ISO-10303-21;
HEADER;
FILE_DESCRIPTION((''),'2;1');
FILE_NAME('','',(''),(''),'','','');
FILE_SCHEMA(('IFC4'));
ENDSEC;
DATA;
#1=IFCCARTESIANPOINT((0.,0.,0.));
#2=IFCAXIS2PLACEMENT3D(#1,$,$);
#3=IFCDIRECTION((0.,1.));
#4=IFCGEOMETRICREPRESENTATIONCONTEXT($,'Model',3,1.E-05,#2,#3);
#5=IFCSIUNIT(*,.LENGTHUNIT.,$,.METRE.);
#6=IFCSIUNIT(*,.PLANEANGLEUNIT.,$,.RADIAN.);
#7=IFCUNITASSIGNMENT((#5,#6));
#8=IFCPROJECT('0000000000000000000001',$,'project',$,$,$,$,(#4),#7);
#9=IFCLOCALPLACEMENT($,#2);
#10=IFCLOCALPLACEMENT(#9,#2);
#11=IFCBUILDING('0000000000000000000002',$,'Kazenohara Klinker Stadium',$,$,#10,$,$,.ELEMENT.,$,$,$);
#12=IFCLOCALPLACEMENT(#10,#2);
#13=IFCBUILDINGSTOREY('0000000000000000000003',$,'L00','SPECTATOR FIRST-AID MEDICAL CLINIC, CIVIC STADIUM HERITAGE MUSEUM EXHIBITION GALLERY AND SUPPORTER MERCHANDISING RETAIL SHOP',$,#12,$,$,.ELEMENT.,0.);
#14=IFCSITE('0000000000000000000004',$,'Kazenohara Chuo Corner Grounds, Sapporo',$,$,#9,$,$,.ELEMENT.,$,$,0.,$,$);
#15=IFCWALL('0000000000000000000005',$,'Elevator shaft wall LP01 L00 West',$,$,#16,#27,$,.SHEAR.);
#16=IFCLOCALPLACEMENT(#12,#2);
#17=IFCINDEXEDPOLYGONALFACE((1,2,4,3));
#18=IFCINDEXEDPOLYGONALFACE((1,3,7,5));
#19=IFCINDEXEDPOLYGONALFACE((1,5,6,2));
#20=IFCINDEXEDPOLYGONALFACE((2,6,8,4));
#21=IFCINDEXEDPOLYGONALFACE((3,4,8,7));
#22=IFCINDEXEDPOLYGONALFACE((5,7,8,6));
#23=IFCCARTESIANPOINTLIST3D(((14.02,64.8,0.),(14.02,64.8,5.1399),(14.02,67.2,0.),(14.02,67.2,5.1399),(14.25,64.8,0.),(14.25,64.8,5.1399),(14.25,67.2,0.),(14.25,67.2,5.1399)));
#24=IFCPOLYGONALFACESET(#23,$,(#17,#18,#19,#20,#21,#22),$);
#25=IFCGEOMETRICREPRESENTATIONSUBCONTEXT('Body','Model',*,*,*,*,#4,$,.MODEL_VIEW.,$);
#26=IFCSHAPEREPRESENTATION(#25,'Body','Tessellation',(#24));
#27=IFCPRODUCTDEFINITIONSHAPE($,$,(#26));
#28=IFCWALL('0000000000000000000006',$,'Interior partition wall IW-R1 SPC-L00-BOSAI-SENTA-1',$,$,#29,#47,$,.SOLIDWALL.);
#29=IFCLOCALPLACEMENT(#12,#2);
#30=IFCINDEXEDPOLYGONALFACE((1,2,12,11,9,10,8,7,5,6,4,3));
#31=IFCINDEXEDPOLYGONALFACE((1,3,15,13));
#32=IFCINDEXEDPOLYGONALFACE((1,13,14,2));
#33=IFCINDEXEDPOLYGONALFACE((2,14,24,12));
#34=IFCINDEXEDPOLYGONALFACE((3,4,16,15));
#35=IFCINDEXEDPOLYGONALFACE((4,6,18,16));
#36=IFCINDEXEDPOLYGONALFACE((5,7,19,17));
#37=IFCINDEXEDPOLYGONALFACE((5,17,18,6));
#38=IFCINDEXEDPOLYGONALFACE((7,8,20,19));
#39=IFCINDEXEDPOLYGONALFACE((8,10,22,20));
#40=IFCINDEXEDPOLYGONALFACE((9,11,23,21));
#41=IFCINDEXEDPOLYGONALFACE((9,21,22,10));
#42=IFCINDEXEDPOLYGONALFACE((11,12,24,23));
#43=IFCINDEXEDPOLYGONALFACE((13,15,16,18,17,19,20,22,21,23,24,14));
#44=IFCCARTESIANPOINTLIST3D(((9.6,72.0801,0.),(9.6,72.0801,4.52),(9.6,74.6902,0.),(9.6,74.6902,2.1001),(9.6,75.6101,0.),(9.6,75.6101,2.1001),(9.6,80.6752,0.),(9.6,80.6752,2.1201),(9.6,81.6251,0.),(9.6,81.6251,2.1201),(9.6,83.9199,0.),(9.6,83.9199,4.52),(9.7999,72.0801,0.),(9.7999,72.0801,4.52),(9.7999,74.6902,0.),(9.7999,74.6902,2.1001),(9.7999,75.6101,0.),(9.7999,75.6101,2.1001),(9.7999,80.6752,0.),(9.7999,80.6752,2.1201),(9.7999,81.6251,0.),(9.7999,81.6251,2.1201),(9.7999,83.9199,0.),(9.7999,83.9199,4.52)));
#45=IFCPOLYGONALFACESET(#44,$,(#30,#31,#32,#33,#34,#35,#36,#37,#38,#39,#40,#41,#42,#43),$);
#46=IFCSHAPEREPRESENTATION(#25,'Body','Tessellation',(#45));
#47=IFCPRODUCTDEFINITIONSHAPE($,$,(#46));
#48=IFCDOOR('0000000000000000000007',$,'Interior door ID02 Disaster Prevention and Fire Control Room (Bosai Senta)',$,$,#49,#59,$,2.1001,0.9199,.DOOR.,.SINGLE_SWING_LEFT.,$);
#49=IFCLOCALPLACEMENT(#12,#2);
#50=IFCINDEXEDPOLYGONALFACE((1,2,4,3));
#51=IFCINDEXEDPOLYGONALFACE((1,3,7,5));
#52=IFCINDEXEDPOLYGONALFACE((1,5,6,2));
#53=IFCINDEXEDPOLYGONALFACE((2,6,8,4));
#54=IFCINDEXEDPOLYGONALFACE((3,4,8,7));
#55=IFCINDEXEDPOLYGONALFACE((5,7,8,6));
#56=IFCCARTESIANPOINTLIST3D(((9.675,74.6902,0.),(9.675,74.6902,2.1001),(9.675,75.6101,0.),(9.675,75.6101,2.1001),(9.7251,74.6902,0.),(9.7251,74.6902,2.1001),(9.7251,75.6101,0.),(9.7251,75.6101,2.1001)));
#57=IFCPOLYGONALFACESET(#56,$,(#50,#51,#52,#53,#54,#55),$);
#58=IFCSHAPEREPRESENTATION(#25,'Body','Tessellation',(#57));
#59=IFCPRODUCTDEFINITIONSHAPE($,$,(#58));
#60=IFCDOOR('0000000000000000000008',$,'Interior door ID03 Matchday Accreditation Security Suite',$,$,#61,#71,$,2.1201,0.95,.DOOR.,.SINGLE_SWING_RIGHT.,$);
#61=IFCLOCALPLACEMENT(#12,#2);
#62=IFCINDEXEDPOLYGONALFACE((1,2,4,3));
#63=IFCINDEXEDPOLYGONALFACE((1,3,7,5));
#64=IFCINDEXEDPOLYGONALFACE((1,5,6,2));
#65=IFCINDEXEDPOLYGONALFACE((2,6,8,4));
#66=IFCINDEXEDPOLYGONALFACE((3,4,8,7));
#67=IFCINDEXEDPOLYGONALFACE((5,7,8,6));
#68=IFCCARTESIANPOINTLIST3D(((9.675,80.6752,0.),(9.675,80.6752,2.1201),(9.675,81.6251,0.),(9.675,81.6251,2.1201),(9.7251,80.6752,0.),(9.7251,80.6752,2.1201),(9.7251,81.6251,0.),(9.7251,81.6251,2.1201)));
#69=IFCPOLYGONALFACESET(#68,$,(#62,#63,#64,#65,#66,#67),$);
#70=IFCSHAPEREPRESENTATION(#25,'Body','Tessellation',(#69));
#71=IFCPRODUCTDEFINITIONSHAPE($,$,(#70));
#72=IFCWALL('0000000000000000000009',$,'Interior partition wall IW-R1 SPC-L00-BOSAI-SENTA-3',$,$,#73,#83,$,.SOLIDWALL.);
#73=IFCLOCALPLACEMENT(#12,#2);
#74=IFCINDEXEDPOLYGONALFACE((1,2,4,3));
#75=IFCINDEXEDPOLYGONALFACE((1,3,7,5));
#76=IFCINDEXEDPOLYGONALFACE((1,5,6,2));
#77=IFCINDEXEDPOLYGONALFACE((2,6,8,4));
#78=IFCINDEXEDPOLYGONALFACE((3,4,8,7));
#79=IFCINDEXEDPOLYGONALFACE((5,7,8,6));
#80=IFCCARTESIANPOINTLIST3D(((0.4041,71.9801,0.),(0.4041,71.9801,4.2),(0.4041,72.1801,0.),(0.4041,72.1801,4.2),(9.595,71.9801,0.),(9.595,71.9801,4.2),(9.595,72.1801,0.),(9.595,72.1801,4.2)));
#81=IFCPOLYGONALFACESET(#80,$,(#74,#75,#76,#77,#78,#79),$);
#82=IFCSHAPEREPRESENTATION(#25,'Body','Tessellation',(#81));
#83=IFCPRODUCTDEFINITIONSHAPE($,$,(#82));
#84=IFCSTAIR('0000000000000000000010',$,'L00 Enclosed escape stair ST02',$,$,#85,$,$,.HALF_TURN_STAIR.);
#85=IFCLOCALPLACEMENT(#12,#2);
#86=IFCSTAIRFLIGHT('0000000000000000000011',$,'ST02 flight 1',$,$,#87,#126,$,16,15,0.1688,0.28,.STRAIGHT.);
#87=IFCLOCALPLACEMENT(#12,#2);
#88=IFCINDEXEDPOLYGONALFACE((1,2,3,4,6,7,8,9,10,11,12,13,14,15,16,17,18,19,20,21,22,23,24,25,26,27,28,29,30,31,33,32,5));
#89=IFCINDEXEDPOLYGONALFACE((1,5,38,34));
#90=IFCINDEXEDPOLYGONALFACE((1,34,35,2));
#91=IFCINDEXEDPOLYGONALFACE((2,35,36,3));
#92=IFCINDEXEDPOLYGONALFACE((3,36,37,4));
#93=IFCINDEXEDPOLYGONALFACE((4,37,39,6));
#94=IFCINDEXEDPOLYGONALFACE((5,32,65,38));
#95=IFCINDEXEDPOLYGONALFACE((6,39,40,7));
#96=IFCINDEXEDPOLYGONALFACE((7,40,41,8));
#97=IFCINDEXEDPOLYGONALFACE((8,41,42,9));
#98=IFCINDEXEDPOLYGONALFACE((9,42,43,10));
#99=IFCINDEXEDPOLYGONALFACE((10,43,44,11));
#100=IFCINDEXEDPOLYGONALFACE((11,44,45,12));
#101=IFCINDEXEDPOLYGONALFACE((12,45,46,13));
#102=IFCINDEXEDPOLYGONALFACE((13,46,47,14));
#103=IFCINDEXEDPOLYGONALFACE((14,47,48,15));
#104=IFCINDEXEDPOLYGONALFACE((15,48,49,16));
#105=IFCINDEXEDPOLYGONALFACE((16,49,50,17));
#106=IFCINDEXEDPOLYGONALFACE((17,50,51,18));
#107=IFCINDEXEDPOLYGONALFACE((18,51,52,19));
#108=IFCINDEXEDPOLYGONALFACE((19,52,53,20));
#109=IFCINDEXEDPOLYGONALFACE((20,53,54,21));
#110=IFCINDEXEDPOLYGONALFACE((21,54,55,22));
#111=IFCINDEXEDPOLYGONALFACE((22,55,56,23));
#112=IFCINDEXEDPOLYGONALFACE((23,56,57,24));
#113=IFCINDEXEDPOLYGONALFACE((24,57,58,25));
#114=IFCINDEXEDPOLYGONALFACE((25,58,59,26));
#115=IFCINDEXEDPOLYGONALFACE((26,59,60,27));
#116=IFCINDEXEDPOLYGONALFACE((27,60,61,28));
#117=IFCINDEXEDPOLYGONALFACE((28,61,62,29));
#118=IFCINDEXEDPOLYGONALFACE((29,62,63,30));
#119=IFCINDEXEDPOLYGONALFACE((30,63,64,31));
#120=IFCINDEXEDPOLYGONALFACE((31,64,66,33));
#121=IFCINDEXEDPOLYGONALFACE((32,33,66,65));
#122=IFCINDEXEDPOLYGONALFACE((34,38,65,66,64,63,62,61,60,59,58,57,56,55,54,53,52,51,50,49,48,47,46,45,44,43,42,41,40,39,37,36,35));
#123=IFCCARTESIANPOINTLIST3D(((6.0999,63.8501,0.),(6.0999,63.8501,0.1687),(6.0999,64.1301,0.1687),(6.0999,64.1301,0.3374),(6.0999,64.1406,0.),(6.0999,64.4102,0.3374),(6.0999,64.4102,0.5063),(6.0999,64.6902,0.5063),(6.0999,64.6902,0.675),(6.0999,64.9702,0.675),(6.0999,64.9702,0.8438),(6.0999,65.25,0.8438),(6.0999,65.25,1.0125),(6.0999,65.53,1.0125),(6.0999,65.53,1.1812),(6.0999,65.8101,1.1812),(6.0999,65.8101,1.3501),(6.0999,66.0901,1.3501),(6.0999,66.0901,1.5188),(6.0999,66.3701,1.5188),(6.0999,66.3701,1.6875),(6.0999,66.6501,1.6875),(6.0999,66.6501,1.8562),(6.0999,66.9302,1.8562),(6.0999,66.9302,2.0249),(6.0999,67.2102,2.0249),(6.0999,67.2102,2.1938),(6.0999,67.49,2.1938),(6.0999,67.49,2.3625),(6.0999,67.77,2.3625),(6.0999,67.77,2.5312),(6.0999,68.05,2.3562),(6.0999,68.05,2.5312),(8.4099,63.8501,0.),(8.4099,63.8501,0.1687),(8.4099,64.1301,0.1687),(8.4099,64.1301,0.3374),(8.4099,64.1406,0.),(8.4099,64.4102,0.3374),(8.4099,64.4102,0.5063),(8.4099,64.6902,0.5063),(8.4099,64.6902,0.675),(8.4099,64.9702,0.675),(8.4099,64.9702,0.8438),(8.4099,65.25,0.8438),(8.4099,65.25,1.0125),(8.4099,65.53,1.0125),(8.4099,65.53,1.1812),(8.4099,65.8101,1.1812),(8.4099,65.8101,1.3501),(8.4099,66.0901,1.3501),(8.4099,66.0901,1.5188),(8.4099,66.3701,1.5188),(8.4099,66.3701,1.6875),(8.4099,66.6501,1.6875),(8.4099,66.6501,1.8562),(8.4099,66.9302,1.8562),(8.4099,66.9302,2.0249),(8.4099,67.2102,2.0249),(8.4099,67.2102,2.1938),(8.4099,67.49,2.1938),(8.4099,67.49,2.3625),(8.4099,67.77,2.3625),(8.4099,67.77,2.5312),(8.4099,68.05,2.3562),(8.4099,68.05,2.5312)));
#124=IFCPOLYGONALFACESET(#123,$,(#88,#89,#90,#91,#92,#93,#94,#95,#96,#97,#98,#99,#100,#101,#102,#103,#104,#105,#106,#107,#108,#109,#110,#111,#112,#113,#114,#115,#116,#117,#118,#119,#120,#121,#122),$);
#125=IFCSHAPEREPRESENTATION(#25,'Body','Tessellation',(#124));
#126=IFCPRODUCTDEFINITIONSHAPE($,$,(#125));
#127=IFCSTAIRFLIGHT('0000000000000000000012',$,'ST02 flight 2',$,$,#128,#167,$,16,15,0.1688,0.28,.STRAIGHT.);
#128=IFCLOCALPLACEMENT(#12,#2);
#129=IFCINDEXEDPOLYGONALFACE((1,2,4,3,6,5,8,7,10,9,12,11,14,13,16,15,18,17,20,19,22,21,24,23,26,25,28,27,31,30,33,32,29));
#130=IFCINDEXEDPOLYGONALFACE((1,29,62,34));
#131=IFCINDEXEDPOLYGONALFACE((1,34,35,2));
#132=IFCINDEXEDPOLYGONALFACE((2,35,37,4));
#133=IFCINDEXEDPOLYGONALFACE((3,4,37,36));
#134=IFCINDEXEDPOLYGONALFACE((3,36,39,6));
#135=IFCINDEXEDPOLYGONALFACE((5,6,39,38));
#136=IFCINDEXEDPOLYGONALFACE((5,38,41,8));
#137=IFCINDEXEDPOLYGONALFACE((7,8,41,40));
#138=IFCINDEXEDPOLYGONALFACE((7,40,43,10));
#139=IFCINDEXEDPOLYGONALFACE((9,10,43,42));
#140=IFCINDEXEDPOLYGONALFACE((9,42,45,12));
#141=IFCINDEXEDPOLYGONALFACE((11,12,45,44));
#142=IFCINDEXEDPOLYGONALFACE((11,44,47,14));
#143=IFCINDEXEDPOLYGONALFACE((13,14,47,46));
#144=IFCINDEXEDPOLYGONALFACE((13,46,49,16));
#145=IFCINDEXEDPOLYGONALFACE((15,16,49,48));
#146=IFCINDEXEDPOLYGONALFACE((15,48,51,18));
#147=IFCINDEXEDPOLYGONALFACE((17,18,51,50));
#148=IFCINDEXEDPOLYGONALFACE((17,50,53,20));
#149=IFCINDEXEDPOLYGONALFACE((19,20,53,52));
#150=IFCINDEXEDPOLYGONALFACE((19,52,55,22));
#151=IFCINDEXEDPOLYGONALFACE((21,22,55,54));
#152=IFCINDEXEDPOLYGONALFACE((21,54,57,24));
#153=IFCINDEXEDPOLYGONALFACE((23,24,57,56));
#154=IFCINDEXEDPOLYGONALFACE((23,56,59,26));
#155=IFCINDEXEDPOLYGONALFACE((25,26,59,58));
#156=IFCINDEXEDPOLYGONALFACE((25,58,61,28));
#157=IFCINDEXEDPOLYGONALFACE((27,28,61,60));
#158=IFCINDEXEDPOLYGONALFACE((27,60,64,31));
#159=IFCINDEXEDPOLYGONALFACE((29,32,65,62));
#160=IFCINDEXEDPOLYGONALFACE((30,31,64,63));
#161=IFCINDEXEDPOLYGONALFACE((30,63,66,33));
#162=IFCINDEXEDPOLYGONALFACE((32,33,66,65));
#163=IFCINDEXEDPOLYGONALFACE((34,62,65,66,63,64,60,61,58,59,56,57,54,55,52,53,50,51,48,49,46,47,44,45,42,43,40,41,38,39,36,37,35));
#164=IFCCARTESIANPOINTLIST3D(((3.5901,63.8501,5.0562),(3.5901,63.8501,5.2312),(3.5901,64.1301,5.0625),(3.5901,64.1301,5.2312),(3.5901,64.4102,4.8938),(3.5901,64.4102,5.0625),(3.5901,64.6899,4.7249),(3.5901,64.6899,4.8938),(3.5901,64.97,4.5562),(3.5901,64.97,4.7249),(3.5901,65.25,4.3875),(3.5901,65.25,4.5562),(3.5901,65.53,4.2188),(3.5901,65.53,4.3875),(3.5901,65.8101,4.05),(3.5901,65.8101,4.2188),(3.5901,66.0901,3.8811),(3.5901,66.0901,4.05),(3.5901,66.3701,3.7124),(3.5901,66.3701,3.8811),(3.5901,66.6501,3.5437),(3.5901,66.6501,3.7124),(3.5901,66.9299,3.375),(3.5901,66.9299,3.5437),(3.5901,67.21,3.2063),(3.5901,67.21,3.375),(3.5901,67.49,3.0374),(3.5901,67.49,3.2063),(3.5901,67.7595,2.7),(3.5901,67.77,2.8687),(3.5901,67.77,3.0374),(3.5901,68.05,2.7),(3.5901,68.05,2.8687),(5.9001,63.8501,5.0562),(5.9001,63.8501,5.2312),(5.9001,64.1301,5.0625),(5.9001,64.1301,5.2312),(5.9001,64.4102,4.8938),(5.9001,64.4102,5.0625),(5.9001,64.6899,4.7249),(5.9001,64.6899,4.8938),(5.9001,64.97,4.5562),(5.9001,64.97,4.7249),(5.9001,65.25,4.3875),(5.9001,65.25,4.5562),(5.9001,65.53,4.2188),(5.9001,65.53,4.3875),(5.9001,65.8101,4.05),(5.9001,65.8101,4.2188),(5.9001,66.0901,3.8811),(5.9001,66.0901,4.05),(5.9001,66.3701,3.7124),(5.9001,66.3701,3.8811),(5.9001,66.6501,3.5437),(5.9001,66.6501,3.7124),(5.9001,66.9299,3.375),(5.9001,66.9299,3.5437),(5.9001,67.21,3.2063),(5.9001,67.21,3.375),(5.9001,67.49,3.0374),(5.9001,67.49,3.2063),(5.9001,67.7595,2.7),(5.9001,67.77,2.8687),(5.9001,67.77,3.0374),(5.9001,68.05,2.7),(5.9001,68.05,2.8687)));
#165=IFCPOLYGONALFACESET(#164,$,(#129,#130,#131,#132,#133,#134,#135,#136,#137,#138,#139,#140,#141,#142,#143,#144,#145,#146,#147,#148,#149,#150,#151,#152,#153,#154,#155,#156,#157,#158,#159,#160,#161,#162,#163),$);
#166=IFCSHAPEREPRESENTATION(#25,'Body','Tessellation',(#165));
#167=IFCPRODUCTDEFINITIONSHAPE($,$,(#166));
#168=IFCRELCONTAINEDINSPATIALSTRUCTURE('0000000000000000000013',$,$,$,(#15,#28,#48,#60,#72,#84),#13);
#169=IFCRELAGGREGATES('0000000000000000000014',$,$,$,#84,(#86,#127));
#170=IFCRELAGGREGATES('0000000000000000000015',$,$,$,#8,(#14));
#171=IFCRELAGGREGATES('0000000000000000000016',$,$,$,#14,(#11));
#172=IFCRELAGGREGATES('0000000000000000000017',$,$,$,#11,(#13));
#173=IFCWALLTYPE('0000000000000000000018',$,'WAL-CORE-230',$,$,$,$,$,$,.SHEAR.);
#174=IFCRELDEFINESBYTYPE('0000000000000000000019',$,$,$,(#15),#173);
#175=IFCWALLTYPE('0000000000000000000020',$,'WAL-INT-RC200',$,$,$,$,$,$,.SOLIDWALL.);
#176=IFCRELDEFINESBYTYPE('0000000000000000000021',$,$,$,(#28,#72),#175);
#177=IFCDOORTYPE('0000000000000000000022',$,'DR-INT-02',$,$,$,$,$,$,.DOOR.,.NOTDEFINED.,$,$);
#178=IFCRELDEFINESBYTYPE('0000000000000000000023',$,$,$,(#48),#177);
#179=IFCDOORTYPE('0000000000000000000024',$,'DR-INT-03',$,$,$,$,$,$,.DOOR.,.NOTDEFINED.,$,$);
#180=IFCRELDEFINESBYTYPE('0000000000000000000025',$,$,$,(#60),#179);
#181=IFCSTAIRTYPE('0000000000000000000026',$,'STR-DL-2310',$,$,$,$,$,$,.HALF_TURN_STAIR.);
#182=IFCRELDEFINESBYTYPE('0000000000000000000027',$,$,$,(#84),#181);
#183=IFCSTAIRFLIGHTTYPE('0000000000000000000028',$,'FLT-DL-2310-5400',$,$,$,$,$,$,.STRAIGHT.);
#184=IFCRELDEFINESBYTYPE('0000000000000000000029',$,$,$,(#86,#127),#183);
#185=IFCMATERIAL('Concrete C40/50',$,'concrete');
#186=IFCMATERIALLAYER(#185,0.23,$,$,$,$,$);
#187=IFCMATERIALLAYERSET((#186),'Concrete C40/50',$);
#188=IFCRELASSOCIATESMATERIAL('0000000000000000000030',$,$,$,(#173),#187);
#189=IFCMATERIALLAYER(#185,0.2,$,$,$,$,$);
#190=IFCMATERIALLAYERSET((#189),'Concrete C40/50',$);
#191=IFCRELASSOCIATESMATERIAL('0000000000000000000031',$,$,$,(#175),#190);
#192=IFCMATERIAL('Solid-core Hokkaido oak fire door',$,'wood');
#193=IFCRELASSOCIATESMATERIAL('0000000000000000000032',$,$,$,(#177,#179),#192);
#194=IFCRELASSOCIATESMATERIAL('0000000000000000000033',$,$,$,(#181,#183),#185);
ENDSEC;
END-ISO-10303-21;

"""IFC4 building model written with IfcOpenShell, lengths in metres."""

from ifc_helpers import new_model, si_unit, direction, frame, frame_2d, origin, place, context, subcontext, project, spatial, polyline, rectangle, outline, extrude, material, layer, layer_set, type_object, element, fill, aggregate, save


model = new_model("IFC4")

# Units and contexts
model_context = context("Model", 3, precision=1e-05, world=origin(), true_north=direction((0.0, 1.0)))
body_context = subcontext(model_context, "Body", "Model", "MODEL_VIEW")
ifc_project = project(units=[si_unit("LENGTHUNIT", "METRE"), si_unit("PLANEANGLEUNIT", "RADIAN")], contexts=[model_context])

# Site, building, storey
site_placement = place(None, origin())
site = spatial("IfcSite", under=ifc_project, at=site_placement, Name="Kazenohara Chuo Corner Grounds, Sapporo", CompositionType="ELEMENT", RefElevation=0.0)
building_placement = place(site_placement, origin())
building = spatial("IfcBuilding", under=site, at=building_placement, Name="Kazenohara Klinker Stadium", CompositionType="ELEMENT")
storey_placement = place(building_placement, origin())
storey = spatial("IfcBuildingStorey", under=building, at=storey_placement, Name="L00", Description="SPECTATOR FIRST-AID MEDICAL CLINIC, CIVIC STADIUM HERITAGE MUSEUM EXHIBITION GALLERY AND SUPPORTER MERCHANDISING RETAIL SHOP", CompositionType="ELEMENT", Elevation=0.0)

# Shared definitions
ifc_material_1 = material(Name="Concrete C40/50", Category="concrete")

# Shared definitions
ifc_layer_1 = layer(ifc_material_1, 0.23)
ifc_layer_set_1 = layer_set([ifc_layer_1], Name="Concrete C40/50")
wall_type_1 = type_object("IfcWallType", Name="WAL-CORE-230", PredefinedType="SHEAR", material=ifc_layer_set_1)

# Wall
wall_1_placement = place(storey_placement, frame((14.135, 64.8, 0.0), z_axis=(0.0, 0.0, 1.0), x_axis=(0.0, 1.0, 0.0)))
element("IfcWall", 1, at=wall_1_placement, inside=storey, type_object=wall_type_1, Name="Elevator shaft wall LP01 L00 West", PredefinedType="SHEAR", context=body_context, shape_type="SweptSolid", body=[
    extrude(rectangle(XDim=2.3999, YDim=0.23, at=frame_2d((1.2, 0.0))), origin(), (0.0, 0.0, 1.0), 5.1399),
])

# Wall, openings, doors
ifc_layer_2 = layer(ifc_material_1, 0.2)
ifc_layer_set_2 = layer_set([ifc_layer_2], Name="Concrete C40/50")
wall_type_2 = type_object("IfcWallType", Name="WAL-INT-RC200", PredefinedType="SOLIDWALL", material=ifc_layer_set_2)
wall_2_placement = place(storey_placement, frame((9.7, 72.0801, 0.0), z_axis=(0.0, 0.0, 1.0), x_axis=(0.0, 1.0, 0.0)))
wall_2 = element("IfcWall", 2, at=wall_2_placement, inside=storey, type_object=wall_type_2, Name="Interior partition wall IW-R1 SPC-L00-BOSAI-SENTA-1", PredefinedType="SOLIDWALL", context=body_context, shape_type="SweptSolid", body=[
    extrude(rectangle(XDim=11.8398, YDim=0.2, at=frame_2d((5.9199, 0.0))), origin(), (0.0, 0.0, 1.0), 4.52),
])
opening_1_placement = place(wall_2_placement, frame((2.6101, 0.0, 0.0)))
opening_1 = element("IfcOpeningElement", 3, at=opening_1_placement, cuts=wall_2, PredefinedType="OPENING", context=body_context, shape_type="SweptSolid", body=[
    extrude(rectangle(XDim=0.9199, YDim=2.1001, at=frame_2d((0.46, 1.05))), frame((0.0, 0.1099, 0.0), z_axis=(0.0, -1.0, 0.0), x_axis=(1.0, 0.0, 0.0)), (0.0, 0.0, 1.0), 0.22),
])
opening_2_placement = place(wall_2_placement, frame((8.595, 0.0, 0.0)))
opening_2 = element("IfcOpeningElement", 4, at=opening_2_placement, cuts=wall_2, PredefinedType="OPENING", context=body_context, shape_type="SweptSolid", body=[
    extrude(rectangle(XDim=0.95, YDim=2.1201, at=frame_2d((0.4751, 1.0601))), frame((0.0, 0.1099, 0.0), z_axis=(0.0, -1.0, 0.0), x_axis=(1.0, 0.0, 0.0)), (0.0, 0.0, 1.0), 0.22),
])
ifc_material_2 = material(Name="Solid-core Hokkaido oak fire door", Category="wood")
door_type_1 = type_object("IfcDoorType", Name="DR-INT-02", OperationType="NOTDEFINED", PredefinedType="DOOR", material=ifc_material_2)
door_1_placement = place(opening_1_placement, origin())
door_1 = element("IfcDoor", 5, at=door_1_placement, inside=storey, type_object=door_type_1, Name="Interior door ID02 Disaster Prevention and Fire Control Room (Bosai Senta)", OperationType="SINGLE_SWING_LEFT", OverallHeight=2.1001, OverallWidth=0.9199, PredefinedType="DOOR", context=body_context, shape_type="SweptSolid", body=[
    extrude(rectangle(XDim=0.9199, YDim=2.1001, at=frame_2d((0.46, 1.05))), frame((0.0, 0.0249, 0.0), z_axis=(0.0, -1.0, 0.0), x_axis=(1.0, 0.0, 0.0)), (0.0, 0.0, 1.0), 0.05),
])
fill(opening_1, door_1)
door_type_2 = type_object("IfcDoorType", Name="DR-INT-03", OperationType="NOTDEFINED", PredefinedType="DOOR", material=ifc_material_2)
door_2_placement = place(opening_2_placement, origin())
door_2 = element("IfcDoor", 6, at=door_2_placement, inside=storey, type_object=door_type_2, Name="Interior door ID03 Matchday Accreditation Security Suite", OperationType="SINGLE_SWING_RIGHT", OverallHeight=2.1201, OverallWidth=0.95, PredefinedType="DOOR", context=body_context, shape_type="SweptSolid", body=[
    extrude(rectangle(XDim=0.95, YDim=2.1201, at=frame_2d((0.4751, 1.0601))), frame((0.0, 0.0249, 0.0), z_axis=(0.0, -1.0, 0.0), x_axis=(1.0, 0.0, 0.0)), (0.0, 0.0, 1.0), 0.05),
])
fill(opening_2, door_2)

# Wall
wall_3_placement = place(storey_placement, frame((0.4041, 72.0801, 0.0), z_axis=(0.0, 0.0, 1.0), x_axis=(1.0, 0.0, 0.0)))
element("IfcWall", 7, at=wall_3_placement, inside=storey, type_object=wall_type_2, Name="Interior partition wall IW-R1 SPC-L00-BOSAI-SENTA-3", PredefinedType="SOLIDWALL", context=body_context, shape_type="SweptSolid", body=[
    extrude(rectangle(XDim=9.1909, YDim=0.2, at=frame_2d((4.5955, 0.0))), origin(), (0.0, 0.0, 1.0), 4.2),
])

# Stair, stair flights
stair_type = type_object("IfcStairType", Name="STR-DL-2310", PredefinedType="HALF_TURN_STAIR", material=ifc_material_1)
stair_placement = place(storey_placement, origin())
stair = element("IfcStair", 8, at=stair_placement, inside=storey, type_object=stair_type, Name="L00 Enclosed escape stair ST02", PredefinedType="HALF_TURN_STAIR")
stair_flight_type = type_object("IfcStairFlightType", Name="FLT-DL-2310-5400", PredefinedType="STRAIGHT", material=ifc_material_1)
stair_flight_1_placement = place(storey_placement, frame((7.2549, 63.8501, 0.0), z_axis=(0.0, 0.0, 1.0), x_axis=(0.0, 1.0, 0.0)))
stair_flight_1 = element("IfcStairFlight", 9, at=stair_flight_1_placement, type_object=stair_flight_type, Name="ST02 flight 1", NumberOfRisers=16, NumberOfTreads=15, PredefinedType="STRAIGHT", RiserHeight=0.1688, TreadLength=0.28, context=body_context, shape_type="SweptSolid", body=[
    extrude(outline(polyline([(0.0, 0.0), (0.0, 0.1687), (0.28, 0.1687), (0.28, 0.3374), (0.5601, 0.3374), (0.5601, 0.5063), (0.8401, 0.5063), (0.8401, 0.675), (1.1201, 0.675), (1.1201, 0.8438), (1.3999, 0.8438), (1.3999, 1.0125), (1.6799, 1.0125), (1.6799, 1.1812), (1.96, 1.1812), (1.96, 1.3501), (2.24, 1.3501), (2.24, 1.5188), (2.52, 1.5188), (2.52, 1.6875), (2.8, 1.6875), (2.8, 1.8562), (3.0801, 1.8562), (3.0801, 2.0249), (3.3601, 2.0249), (3.3601, 2.1938), (3.6399, 2.1938), (3.6399, 2.3625), (3.9199, 2.3625), (3.9199, 2.5312), (4.2, 2.5312), (4.2, 2.7), (4.2, 2.3562), (0.2905, 0.0), (0.0, 0.0)])), frame((0.0, 1.155, 0.0), z_axis=(0.0, -1.0, 0.0), x_axis=(1.0, 0.0, 0.0)), (0.0, 0.0, 1.0), 2.3101),
])
stair_flight_2_placement = place(storey_placement, frame((4.7451, 68.05, 2.7), z_axis=(0.0, 0.0, 1.0), x_axis=(0.0, -1.0, 0.0)))
stair_flight_2 = element("IfcStairFlight", 10, at=stair_flight_2_placement, type_object=stair_flight_type, Name="ST02 flight 2", NumberOfRisers=16, NumberOfTreads=15, PredefinedType="STRAIGHT", RiserHeight=0.1688, TreadLength=0.28, context=body_context, shape_type="SweptSolid", body=[
    extrude(outline(polyline([(0.0, 0.0), (0.0, 0.1687), (0.28, 0.1687), (0.28, 0.3374), (0.5601, 0.3374), (0.5601, 0.5063), (0.8401, 0.5063), (0.8401, 0.675), (1.1201, 0.675), (1.1201, 0.8438), (1.3999, 0.8438), (1.3999, 1.0125), (1.6799, 1.0125), (1.6799, 1.1812), (1.96, 1.1812), (1.96, 1.3501), (2.24, 1.3501), (2.24, 1.5188), (2.52, 1.5188), (2.52, 1.6875), (2.8, 1.6875), (2.8, 1.8562), (3.0801, 1.8562), (3.0801, 2.0249), (3.3601, 2.0249), (3.3601, 2.1938), (3.6399, 2.1938), (3.6399, 2.3625), (3.9199, 2.3625), (3.9199, 2.5312), (4.2, 2.5312), (4.2, 2.7), (4.2, 2.3562), (0.2905, 0.0), (0.0, 0.0)])), frame((0.0, 1.155, 0.0), z_axis=(0.0, -1.0, 0.0), x_axis=(1.0, 0.0, 0.0)), (0.0, 0.0, 1.0), 2.3101),
])
aggregate(stair, [stair_flight_1, stair_flight_2])

save(model, "model.ifc")
